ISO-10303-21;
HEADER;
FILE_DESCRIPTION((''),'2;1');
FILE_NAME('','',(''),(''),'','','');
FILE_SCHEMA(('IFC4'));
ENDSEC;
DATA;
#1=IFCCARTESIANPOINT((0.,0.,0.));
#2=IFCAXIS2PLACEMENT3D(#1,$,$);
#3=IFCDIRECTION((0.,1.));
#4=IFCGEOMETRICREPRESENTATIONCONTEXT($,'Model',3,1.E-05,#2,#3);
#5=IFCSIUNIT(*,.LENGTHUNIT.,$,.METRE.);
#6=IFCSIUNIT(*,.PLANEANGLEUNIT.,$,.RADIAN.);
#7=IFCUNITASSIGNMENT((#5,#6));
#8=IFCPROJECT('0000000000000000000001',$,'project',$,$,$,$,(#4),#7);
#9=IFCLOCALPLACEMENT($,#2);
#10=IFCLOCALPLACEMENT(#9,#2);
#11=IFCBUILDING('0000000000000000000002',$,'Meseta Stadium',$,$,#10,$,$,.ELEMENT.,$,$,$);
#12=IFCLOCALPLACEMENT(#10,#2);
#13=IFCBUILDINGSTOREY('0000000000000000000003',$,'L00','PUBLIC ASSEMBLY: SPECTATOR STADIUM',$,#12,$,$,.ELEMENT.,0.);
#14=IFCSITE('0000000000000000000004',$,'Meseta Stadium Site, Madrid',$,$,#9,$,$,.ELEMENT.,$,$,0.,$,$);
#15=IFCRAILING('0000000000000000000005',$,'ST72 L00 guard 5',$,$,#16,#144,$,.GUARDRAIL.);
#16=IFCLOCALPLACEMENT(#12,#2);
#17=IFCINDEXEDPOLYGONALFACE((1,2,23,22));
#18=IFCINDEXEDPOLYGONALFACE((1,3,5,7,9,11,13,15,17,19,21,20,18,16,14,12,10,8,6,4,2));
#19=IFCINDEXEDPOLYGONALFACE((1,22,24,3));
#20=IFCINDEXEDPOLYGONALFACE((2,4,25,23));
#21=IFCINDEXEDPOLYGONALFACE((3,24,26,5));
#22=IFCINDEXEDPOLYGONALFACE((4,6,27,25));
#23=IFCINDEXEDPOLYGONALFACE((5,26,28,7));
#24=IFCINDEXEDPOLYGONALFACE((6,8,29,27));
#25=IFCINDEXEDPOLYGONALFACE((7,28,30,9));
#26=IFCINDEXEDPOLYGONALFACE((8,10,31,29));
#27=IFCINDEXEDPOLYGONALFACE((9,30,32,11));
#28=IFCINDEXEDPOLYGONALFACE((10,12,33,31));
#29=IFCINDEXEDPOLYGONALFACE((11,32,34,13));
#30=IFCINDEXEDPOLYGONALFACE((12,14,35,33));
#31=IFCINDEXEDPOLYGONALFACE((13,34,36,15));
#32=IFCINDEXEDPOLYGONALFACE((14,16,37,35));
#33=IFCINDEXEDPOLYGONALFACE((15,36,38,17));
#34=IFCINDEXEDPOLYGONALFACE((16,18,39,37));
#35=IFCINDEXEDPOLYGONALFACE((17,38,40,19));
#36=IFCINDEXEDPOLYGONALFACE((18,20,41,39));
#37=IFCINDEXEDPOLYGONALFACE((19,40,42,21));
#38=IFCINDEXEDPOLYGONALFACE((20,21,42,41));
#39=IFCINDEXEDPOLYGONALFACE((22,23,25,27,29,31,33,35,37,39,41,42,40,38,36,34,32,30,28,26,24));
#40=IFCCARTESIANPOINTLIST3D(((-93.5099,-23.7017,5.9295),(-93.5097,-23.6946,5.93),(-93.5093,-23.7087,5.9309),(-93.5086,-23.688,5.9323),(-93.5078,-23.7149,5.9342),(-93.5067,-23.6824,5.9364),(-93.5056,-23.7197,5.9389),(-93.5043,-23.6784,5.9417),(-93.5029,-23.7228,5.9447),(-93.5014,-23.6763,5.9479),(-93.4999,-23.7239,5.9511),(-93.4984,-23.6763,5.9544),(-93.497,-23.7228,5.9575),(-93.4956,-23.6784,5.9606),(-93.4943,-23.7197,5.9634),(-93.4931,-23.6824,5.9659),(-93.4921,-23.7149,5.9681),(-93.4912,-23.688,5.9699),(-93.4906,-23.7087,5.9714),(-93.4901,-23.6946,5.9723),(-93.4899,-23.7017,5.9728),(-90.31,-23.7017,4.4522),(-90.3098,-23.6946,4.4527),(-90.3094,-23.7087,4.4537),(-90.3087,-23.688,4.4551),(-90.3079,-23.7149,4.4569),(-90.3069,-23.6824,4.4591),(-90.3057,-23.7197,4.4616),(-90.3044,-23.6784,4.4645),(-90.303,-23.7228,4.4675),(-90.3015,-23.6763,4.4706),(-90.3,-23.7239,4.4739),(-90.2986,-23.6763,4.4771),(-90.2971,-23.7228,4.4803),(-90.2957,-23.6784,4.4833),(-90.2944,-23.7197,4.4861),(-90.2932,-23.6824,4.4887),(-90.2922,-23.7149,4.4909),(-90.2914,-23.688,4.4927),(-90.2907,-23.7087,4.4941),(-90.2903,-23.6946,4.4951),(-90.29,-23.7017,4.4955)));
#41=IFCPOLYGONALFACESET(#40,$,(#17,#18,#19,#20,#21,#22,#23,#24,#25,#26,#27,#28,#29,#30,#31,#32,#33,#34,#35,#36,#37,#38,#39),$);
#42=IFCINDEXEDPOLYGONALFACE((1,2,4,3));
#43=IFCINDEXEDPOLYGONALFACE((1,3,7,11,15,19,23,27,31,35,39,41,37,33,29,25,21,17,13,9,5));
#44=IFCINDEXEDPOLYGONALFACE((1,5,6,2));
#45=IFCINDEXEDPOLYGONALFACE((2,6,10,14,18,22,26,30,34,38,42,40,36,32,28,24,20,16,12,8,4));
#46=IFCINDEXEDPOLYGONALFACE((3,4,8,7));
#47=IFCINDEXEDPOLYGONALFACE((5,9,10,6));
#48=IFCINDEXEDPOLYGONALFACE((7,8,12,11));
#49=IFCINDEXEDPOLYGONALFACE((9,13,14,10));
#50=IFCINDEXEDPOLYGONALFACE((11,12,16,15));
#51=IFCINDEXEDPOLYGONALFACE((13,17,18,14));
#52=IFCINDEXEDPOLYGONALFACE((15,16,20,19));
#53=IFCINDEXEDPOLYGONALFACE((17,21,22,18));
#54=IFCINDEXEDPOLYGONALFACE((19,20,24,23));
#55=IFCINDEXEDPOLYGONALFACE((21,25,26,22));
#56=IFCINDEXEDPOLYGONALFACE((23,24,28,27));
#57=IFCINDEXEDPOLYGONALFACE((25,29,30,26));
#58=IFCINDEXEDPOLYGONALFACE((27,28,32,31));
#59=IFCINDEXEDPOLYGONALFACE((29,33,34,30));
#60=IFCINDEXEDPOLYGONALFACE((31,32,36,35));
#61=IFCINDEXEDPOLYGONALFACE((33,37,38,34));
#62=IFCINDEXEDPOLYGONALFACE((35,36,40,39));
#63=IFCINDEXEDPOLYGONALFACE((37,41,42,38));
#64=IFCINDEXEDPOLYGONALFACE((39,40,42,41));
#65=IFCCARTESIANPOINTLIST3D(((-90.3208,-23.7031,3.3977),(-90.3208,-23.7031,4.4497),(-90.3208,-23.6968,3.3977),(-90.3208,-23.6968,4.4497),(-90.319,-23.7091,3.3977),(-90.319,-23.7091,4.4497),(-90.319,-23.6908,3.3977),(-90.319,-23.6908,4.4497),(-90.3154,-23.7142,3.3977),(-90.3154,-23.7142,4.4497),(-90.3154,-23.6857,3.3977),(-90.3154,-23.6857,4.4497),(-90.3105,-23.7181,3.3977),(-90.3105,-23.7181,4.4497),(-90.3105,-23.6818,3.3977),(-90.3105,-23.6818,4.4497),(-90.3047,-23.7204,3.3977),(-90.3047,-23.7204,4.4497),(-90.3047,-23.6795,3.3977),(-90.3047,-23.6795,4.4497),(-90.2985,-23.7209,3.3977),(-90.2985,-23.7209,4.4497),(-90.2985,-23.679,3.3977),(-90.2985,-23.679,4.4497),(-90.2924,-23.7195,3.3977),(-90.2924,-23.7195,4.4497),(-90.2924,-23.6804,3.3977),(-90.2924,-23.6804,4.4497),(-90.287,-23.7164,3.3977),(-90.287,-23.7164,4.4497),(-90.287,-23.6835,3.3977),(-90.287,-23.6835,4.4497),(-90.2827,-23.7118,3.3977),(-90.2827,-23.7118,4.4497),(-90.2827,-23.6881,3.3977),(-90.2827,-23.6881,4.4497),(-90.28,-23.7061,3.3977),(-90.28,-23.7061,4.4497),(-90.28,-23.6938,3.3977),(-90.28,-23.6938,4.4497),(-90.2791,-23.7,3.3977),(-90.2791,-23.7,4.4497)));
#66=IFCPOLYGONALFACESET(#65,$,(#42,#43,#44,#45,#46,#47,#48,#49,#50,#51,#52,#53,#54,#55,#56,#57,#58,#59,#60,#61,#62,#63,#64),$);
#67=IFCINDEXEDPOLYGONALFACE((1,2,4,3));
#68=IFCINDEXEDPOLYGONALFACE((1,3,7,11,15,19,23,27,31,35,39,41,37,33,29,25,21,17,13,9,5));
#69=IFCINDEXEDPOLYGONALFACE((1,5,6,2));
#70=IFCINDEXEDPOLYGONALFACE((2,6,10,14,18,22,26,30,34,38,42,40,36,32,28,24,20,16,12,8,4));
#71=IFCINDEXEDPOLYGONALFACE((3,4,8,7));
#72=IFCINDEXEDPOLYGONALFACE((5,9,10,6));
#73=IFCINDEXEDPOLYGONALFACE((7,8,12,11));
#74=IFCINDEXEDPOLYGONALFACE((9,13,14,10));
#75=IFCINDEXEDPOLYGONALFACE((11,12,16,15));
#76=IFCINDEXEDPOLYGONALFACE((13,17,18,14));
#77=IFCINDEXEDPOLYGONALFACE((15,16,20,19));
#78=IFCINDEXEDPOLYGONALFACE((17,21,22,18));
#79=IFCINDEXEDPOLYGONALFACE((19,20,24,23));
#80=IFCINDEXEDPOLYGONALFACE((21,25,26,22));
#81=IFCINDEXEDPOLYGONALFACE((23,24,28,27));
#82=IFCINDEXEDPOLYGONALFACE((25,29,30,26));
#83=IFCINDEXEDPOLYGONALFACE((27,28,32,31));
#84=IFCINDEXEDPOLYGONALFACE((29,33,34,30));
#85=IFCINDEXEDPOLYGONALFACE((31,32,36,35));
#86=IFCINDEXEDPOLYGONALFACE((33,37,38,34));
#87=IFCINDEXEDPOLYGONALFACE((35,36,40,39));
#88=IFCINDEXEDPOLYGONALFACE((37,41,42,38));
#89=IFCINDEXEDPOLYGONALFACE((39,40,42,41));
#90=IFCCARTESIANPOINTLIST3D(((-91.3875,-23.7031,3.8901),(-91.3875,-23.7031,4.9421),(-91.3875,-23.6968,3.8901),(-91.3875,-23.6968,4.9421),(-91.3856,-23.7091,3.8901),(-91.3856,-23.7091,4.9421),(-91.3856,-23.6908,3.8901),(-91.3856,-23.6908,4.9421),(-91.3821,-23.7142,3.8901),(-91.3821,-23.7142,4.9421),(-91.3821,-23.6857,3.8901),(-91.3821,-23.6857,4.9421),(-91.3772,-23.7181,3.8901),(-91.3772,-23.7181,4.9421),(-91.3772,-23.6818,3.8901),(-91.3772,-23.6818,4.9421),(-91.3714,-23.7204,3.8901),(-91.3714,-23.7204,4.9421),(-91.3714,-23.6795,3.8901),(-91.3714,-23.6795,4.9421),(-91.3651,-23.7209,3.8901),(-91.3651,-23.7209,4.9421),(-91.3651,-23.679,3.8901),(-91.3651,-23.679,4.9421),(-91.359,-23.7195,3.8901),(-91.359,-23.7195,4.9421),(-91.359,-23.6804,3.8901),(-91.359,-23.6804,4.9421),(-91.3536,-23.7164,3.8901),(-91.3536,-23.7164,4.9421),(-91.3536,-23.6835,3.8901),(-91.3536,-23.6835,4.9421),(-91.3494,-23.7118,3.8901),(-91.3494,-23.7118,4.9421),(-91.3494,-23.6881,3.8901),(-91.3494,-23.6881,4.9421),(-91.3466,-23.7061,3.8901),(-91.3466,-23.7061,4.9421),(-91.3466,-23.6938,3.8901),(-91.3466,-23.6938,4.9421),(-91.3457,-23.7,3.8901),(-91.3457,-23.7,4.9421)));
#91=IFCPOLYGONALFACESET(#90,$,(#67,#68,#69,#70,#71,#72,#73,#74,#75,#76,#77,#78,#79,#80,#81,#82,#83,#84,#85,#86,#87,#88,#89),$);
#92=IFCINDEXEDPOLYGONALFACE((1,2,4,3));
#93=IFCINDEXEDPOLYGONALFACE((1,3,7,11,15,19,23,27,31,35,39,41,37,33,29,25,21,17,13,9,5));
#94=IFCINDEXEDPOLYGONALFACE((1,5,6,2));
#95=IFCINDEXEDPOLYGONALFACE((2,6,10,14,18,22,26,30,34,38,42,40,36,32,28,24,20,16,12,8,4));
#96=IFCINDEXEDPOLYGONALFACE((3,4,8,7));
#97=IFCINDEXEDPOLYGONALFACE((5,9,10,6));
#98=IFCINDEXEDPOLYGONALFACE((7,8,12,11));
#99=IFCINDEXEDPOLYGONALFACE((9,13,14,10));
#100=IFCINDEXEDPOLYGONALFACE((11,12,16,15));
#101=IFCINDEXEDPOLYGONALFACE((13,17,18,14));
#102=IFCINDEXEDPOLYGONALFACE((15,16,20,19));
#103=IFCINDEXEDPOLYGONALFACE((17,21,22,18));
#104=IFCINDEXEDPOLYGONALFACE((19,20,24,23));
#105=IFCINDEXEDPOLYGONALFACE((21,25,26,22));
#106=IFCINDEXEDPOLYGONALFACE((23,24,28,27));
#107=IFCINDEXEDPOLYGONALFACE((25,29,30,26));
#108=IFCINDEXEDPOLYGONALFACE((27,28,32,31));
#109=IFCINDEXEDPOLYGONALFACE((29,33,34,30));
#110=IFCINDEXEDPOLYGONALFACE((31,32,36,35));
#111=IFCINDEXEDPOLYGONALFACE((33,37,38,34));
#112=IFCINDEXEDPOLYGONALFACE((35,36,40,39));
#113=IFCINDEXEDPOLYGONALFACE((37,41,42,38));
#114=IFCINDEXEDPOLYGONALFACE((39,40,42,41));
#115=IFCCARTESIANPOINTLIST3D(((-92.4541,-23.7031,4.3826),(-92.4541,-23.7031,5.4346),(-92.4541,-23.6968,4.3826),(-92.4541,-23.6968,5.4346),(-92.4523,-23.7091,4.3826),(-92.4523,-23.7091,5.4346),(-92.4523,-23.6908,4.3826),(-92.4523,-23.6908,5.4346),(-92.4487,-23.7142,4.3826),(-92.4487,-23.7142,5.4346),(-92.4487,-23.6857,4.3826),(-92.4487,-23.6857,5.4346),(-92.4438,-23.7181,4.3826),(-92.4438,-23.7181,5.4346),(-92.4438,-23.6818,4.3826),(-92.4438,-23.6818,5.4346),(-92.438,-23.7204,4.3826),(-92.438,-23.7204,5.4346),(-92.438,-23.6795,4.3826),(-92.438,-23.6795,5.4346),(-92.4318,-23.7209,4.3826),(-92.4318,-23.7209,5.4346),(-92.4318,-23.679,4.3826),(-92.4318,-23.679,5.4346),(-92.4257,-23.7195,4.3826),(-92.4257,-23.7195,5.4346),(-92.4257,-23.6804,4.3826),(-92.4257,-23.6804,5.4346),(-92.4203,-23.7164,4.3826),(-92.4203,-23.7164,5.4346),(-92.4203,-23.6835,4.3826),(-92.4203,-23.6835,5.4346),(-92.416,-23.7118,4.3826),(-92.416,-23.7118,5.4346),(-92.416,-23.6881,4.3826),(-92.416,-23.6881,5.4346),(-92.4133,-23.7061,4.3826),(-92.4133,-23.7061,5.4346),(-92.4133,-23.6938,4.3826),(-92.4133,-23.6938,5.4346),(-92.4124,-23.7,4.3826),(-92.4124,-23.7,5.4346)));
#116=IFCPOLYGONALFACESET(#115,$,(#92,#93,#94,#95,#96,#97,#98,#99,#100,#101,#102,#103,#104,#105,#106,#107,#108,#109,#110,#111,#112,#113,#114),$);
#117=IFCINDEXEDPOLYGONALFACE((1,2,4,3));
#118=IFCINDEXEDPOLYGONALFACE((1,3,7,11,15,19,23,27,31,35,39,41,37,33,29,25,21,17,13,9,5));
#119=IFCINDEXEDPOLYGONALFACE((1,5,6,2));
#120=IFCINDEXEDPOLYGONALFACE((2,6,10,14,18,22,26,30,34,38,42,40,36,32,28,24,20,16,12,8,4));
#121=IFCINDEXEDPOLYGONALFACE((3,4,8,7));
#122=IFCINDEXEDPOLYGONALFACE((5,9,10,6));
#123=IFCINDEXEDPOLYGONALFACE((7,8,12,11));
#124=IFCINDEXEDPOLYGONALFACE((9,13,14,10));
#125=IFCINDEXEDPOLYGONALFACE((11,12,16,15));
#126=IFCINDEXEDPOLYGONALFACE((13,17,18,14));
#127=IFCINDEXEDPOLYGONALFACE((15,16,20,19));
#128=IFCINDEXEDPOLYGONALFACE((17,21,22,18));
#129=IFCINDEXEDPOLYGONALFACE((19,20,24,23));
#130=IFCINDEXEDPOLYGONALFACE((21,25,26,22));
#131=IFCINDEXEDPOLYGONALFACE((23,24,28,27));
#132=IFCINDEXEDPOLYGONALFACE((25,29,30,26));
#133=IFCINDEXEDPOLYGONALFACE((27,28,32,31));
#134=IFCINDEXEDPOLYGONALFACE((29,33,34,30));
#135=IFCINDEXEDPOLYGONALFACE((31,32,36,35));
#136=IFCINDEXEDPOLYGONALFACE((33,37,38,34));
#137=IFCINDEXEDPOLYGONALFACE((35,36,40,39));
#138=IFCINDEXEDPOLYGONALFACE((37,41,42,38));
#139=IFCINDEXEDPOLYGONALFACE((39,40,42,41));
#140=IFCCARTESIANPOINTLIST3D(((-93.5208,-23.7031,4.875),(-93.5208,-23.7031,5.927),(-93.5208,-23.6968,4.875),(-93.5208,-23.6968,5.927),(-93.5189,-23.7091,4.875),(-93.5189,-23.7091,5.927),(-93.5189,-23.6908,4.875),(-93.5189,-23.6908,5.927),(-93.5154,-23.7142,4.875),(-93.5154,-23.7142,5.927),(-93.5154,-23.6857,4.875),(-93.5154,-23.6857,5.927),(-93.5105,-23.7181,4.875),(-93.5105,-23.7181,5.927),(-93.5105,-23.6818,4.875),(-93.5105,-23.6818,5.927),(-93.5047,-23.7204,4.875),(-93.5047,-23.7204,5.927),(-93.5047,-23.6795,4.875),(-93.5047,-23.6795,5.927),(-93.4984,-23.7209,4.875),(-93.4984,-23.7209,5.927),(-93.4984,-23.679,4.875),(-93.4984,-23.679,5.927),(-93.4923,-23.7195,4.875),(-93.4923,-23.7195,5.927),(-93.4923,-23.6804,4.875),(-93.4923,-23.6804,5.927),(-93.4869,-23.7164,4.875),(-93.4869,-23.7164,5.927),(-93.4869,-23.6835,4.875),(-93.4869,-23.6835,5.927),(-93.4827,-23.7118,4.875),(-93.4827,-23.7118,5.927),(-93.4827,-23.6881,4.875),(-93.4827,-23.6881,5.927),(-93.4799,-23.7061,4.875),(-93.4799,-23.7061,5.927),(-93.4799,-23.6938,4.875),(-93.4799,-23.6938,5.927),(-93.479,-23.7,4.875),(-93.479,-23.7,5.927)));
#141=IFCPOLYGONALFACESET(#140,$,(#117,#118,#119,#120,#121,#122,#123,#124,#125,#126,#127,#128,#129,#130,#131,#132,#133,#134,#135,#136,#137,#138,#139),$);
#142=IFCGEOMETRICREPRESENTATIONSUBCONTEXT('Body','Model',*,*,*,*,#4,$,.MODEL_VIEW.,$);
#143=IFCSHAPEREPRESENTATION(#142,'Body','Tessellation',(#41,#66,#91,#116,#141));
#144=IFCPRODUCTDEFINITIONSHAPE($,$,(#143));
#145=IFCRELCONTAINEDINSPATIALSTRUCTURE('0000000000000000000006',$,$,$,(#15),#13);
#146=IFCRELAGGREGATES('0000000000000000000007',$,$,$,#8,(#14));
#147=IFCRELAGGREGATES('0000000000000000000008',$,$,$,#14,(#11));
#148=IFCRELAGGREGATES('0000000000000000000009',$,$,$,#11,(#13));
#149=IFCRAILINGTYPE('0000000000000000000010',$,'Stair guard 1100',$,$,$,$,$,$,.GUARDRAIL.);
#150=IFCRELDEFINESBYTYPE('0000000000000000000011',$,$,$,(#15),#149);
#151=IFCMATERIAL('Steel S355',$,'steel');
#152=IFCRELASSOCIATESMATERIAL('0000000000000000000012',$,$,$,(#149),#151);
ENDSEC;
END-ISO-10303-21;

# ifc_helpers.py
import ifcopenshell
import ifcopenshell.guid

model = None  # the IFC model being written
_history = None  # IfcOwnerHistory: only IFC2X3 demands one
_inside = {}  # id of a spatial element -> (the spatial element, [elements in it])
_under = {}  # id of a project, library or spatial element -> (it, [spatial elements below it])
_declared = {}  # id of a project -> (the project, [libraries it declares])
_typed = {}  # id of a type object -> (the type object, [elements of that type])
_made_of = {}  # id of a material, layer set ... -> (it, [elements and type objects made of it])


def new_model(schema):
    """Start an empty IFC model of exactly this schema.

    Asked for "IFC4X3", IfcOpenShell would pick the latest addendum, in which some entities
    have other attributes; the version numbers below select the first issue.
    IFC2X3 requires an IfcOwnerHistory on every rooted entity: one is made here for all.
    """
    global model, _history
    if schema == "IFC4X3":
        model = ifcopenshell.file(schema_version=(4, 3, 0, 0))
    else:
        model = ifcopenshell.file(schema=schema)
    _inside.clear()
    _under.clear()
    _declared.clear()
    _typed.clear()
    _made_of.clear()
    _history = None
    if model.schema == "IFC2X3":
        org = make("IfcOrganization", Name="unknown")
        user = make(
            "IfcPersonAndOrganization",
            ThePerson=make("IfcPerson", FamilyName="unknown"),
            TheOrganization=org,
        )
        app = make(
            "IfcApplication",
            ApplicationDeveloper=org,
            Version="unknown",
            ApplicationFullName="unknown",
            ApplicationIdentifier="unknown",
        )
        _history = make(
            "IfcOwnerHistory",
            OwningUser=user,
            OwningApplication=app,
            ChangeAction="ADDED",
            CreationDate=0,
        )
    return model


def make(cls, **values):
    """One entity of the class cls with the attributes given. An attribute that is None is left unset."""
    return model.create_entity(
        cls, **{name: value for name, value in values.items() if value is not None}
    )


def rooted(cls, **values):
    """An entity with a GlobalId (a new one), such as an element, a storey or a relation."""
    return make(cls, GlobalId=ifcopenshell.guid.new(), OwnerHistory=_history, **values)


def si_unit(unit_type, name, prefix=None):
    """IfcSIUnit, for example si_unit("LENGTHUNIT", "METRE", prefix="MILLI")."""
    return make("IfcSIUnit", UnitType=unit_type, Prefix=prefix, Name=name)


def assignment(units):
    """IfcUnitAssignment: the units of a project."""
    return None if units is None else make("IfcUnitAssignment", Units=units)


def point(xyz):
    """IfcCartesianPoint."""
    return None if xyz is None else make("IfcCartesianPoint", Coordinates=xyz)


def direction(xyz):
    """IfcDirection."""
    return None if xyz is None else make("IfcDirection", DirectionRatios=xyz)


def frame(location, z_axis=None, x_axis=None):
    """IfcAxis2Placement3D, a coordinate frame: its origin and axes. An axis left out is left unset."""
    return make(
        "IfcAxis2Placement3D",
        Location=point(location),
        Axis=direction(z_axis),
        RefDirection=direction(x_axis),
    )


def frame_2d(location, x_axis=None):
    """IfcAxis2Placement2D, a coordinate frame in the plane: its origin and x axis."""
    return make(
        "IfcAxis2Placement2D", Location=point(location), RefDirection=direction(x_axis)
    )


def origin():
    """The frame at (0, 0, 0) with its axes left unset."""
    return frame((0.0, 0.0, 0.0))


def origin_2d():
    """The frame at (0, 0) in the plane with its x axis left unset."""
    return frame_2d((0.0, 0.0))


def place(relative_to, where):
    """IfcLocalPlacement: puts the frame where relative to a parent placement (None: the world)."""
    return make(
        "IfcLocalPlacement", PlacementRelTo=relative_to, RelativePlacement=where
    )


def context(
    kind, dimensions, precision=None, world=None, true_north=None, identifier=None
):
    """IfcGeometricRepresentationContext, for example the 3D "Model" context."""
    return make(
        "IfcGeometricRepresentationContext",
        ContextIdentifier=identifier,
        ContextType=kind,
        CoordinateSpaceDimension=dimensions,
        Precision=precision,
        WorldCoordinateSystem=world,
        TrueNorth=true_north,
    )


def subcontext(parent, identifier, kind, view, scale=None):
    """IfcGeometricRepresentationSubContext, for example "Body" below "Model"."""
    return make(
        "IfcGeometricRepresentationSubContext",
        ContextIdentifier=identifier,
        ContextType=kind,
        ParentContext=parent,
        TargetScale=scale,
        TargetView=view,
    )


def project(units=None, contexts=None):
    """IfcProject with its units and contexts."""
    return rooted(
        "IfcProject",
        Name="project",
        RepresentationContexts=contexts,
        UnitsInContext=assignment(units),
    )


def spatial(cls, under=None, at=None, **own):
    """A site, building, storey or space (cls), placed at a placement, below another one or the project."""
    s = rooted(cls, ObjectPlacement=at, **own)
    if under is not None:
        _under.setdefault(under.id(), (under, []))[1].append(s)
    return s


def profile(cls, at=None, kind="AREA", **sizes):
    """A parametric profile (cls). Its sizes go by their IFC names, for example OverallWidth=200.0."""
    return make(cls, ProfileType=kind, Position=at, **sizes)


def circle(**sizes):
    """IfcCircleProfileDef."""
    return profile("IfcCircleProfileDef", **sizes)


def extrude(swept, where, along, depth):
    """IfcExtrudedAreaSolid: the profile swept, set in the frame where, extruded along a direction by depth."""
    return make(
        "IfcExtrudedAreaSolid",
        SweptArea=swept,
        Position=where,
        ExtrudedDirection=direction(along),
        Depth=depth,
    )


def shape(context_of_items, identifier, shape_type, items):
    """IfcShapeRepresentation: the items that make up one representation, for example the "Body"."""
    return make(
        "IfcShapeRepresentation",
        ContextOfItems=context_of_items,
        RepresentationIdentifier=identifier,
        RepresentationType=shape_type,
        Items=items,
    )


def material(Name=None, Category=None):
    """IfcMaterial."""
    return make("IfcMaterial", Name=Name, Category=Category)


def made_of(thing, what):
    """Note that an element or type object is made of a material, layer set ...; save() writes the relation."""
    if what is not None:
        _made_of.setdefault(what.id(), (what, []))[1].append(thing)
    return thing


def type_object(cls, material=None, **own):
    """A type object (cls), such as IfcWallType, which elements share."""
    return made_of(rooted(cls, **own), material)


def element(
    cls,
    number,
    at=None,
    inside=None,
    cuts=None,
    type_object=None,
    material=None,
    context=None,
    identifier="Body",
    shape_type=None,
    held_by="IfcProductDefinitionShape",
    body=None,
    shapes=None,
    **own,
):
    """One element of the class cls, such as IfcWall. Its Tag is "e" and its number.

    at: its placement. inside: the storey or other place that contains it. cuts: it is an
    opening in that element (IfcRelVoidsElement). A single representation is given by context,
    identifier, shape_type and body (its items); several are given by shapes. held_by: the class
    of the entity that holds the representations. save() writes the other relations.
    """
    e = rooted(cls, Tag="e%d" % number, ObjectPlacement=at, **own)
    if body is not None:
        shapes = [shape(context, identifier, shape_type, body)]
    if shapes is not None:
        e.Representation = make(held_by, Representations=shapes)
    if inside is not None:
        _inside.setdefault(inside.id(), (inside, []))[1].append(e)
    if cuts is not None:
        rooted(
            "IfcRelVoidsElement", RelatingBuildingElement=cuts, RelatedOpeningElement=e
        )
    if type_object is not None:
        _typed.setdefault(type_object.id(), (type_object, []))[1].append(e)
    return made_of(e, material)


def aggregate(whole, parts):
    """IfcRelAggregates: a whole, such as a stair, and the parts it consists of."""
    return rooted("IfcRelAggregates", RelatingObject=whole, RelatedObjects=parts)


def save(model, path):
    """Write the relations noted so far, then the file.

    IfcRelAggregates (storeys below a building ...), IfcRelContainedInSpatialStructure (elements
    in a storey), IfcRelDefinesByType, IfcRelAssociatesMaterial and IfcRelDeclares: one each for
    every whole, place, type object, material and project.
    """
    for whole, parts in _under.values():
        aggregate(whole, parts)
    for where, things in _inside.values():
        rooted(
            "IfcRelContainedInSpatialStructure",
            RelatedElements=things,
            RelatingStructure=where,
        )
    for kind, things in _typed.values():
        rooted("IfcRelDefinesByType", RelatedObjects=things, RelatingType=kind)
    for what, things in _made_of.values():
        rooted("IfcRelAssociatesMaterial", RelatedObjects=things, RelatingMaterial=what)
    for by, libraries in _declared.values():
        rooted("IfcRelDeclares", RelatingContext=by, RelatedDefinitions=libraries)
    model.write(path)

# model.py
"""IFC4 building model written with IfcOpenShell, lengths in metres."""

from ifc_helpers import new_model, si_unit, direction, frame, origin, origin_2d, place, context, subcontext, project, spatial, circle, extrude, material, type_object, element, save


model = new_model("IFC4")

# Units and contexts
model_context = context("Model", 3, precision=1e-05, world=origin(), true_north=direction((0.0, 1.0)))
body_context = subcontext(model_context, "Body", "Model", "MODEL_VIEW")
ifc_project = project(units=[si_unit("LENGTHUNIT", "METRE"), si_unit("PLANEANGLEUNIT", "RADIAN")], contexts=[model_context])

# Site, building, storey
site_placement = place(None, origin())
site = spatial("IfcSite", under=ifc_project, at=site_placement, Name="Meseta Stadium Site, Madrid", CompositionType="ELEMENT", RefElevation=0.0)
building_placement = place(site_placement, origin())
building = spatial("IfcBuilding", under=site, at=building_placement, Name="Meseta Stadium", CompositionType="ELEMENT")
storey_placement = place(building_placement, origin())
storey = spatial("IfcBuildingStorey", under=building, at=storey_placement, Name="L00", Description="PUBLIC ASSEMBLY: SPECTATOR STADIUM", CompositionType="ELEMENT", Elevation=0.0)

# Railing
ifc_material_1 = material(Name="Steel S355", Category="steel")
railing_type_1 = type_object("IfcRailingType", Name="Stair guard 1100", PredefinedType="GUARDRAIL", material=ifc_material_1)
railing_1_placement = place(storey_placement, frame((-90.3, -23.7, 3.3977)))
element("IfcRailing", 1, at=railing_1_placement, inside=storey, type_object=railing_type_1, Name="ST72 L00 guard 5", PredefinedType="GUARDRAIL", context=body_context, shape_type="SweptSolid", body=[
    extrude(circle(Radius=0.0239, at=origin_2d()), frame((0.0, 0.0, 1.0762), z_axis=(-0.907917, 0.0, 0.41915), x_axis=(0.0, -1.0, 0.0)), (0.0, 0.0, 1.0), 3.5244),
    extrude(circle(Radius=0.021, at=origin_2d()), origin(), (0.0, 0.0, 1.0), 1.052),
    extrude(circle(Radius=0.021, at=origin_2d()), frame((-1.0667, 0.0, 0.4924)), (0.0, 0.0, 1.0), 1.052),
    extrude(circle(Radius=0.021, at=origin_2d()), frame((-2.1333, 0.0, 0.9849)), (0.0, 0.0, 1.0), 1.052),
    extrude(circle(Radius=0.021, at=origin_2d()), frame((-3.2, 0.0, 1.4773)), (0.0, 0.0, 1.0), 1.052),
])

save(model, "model.ifc")
